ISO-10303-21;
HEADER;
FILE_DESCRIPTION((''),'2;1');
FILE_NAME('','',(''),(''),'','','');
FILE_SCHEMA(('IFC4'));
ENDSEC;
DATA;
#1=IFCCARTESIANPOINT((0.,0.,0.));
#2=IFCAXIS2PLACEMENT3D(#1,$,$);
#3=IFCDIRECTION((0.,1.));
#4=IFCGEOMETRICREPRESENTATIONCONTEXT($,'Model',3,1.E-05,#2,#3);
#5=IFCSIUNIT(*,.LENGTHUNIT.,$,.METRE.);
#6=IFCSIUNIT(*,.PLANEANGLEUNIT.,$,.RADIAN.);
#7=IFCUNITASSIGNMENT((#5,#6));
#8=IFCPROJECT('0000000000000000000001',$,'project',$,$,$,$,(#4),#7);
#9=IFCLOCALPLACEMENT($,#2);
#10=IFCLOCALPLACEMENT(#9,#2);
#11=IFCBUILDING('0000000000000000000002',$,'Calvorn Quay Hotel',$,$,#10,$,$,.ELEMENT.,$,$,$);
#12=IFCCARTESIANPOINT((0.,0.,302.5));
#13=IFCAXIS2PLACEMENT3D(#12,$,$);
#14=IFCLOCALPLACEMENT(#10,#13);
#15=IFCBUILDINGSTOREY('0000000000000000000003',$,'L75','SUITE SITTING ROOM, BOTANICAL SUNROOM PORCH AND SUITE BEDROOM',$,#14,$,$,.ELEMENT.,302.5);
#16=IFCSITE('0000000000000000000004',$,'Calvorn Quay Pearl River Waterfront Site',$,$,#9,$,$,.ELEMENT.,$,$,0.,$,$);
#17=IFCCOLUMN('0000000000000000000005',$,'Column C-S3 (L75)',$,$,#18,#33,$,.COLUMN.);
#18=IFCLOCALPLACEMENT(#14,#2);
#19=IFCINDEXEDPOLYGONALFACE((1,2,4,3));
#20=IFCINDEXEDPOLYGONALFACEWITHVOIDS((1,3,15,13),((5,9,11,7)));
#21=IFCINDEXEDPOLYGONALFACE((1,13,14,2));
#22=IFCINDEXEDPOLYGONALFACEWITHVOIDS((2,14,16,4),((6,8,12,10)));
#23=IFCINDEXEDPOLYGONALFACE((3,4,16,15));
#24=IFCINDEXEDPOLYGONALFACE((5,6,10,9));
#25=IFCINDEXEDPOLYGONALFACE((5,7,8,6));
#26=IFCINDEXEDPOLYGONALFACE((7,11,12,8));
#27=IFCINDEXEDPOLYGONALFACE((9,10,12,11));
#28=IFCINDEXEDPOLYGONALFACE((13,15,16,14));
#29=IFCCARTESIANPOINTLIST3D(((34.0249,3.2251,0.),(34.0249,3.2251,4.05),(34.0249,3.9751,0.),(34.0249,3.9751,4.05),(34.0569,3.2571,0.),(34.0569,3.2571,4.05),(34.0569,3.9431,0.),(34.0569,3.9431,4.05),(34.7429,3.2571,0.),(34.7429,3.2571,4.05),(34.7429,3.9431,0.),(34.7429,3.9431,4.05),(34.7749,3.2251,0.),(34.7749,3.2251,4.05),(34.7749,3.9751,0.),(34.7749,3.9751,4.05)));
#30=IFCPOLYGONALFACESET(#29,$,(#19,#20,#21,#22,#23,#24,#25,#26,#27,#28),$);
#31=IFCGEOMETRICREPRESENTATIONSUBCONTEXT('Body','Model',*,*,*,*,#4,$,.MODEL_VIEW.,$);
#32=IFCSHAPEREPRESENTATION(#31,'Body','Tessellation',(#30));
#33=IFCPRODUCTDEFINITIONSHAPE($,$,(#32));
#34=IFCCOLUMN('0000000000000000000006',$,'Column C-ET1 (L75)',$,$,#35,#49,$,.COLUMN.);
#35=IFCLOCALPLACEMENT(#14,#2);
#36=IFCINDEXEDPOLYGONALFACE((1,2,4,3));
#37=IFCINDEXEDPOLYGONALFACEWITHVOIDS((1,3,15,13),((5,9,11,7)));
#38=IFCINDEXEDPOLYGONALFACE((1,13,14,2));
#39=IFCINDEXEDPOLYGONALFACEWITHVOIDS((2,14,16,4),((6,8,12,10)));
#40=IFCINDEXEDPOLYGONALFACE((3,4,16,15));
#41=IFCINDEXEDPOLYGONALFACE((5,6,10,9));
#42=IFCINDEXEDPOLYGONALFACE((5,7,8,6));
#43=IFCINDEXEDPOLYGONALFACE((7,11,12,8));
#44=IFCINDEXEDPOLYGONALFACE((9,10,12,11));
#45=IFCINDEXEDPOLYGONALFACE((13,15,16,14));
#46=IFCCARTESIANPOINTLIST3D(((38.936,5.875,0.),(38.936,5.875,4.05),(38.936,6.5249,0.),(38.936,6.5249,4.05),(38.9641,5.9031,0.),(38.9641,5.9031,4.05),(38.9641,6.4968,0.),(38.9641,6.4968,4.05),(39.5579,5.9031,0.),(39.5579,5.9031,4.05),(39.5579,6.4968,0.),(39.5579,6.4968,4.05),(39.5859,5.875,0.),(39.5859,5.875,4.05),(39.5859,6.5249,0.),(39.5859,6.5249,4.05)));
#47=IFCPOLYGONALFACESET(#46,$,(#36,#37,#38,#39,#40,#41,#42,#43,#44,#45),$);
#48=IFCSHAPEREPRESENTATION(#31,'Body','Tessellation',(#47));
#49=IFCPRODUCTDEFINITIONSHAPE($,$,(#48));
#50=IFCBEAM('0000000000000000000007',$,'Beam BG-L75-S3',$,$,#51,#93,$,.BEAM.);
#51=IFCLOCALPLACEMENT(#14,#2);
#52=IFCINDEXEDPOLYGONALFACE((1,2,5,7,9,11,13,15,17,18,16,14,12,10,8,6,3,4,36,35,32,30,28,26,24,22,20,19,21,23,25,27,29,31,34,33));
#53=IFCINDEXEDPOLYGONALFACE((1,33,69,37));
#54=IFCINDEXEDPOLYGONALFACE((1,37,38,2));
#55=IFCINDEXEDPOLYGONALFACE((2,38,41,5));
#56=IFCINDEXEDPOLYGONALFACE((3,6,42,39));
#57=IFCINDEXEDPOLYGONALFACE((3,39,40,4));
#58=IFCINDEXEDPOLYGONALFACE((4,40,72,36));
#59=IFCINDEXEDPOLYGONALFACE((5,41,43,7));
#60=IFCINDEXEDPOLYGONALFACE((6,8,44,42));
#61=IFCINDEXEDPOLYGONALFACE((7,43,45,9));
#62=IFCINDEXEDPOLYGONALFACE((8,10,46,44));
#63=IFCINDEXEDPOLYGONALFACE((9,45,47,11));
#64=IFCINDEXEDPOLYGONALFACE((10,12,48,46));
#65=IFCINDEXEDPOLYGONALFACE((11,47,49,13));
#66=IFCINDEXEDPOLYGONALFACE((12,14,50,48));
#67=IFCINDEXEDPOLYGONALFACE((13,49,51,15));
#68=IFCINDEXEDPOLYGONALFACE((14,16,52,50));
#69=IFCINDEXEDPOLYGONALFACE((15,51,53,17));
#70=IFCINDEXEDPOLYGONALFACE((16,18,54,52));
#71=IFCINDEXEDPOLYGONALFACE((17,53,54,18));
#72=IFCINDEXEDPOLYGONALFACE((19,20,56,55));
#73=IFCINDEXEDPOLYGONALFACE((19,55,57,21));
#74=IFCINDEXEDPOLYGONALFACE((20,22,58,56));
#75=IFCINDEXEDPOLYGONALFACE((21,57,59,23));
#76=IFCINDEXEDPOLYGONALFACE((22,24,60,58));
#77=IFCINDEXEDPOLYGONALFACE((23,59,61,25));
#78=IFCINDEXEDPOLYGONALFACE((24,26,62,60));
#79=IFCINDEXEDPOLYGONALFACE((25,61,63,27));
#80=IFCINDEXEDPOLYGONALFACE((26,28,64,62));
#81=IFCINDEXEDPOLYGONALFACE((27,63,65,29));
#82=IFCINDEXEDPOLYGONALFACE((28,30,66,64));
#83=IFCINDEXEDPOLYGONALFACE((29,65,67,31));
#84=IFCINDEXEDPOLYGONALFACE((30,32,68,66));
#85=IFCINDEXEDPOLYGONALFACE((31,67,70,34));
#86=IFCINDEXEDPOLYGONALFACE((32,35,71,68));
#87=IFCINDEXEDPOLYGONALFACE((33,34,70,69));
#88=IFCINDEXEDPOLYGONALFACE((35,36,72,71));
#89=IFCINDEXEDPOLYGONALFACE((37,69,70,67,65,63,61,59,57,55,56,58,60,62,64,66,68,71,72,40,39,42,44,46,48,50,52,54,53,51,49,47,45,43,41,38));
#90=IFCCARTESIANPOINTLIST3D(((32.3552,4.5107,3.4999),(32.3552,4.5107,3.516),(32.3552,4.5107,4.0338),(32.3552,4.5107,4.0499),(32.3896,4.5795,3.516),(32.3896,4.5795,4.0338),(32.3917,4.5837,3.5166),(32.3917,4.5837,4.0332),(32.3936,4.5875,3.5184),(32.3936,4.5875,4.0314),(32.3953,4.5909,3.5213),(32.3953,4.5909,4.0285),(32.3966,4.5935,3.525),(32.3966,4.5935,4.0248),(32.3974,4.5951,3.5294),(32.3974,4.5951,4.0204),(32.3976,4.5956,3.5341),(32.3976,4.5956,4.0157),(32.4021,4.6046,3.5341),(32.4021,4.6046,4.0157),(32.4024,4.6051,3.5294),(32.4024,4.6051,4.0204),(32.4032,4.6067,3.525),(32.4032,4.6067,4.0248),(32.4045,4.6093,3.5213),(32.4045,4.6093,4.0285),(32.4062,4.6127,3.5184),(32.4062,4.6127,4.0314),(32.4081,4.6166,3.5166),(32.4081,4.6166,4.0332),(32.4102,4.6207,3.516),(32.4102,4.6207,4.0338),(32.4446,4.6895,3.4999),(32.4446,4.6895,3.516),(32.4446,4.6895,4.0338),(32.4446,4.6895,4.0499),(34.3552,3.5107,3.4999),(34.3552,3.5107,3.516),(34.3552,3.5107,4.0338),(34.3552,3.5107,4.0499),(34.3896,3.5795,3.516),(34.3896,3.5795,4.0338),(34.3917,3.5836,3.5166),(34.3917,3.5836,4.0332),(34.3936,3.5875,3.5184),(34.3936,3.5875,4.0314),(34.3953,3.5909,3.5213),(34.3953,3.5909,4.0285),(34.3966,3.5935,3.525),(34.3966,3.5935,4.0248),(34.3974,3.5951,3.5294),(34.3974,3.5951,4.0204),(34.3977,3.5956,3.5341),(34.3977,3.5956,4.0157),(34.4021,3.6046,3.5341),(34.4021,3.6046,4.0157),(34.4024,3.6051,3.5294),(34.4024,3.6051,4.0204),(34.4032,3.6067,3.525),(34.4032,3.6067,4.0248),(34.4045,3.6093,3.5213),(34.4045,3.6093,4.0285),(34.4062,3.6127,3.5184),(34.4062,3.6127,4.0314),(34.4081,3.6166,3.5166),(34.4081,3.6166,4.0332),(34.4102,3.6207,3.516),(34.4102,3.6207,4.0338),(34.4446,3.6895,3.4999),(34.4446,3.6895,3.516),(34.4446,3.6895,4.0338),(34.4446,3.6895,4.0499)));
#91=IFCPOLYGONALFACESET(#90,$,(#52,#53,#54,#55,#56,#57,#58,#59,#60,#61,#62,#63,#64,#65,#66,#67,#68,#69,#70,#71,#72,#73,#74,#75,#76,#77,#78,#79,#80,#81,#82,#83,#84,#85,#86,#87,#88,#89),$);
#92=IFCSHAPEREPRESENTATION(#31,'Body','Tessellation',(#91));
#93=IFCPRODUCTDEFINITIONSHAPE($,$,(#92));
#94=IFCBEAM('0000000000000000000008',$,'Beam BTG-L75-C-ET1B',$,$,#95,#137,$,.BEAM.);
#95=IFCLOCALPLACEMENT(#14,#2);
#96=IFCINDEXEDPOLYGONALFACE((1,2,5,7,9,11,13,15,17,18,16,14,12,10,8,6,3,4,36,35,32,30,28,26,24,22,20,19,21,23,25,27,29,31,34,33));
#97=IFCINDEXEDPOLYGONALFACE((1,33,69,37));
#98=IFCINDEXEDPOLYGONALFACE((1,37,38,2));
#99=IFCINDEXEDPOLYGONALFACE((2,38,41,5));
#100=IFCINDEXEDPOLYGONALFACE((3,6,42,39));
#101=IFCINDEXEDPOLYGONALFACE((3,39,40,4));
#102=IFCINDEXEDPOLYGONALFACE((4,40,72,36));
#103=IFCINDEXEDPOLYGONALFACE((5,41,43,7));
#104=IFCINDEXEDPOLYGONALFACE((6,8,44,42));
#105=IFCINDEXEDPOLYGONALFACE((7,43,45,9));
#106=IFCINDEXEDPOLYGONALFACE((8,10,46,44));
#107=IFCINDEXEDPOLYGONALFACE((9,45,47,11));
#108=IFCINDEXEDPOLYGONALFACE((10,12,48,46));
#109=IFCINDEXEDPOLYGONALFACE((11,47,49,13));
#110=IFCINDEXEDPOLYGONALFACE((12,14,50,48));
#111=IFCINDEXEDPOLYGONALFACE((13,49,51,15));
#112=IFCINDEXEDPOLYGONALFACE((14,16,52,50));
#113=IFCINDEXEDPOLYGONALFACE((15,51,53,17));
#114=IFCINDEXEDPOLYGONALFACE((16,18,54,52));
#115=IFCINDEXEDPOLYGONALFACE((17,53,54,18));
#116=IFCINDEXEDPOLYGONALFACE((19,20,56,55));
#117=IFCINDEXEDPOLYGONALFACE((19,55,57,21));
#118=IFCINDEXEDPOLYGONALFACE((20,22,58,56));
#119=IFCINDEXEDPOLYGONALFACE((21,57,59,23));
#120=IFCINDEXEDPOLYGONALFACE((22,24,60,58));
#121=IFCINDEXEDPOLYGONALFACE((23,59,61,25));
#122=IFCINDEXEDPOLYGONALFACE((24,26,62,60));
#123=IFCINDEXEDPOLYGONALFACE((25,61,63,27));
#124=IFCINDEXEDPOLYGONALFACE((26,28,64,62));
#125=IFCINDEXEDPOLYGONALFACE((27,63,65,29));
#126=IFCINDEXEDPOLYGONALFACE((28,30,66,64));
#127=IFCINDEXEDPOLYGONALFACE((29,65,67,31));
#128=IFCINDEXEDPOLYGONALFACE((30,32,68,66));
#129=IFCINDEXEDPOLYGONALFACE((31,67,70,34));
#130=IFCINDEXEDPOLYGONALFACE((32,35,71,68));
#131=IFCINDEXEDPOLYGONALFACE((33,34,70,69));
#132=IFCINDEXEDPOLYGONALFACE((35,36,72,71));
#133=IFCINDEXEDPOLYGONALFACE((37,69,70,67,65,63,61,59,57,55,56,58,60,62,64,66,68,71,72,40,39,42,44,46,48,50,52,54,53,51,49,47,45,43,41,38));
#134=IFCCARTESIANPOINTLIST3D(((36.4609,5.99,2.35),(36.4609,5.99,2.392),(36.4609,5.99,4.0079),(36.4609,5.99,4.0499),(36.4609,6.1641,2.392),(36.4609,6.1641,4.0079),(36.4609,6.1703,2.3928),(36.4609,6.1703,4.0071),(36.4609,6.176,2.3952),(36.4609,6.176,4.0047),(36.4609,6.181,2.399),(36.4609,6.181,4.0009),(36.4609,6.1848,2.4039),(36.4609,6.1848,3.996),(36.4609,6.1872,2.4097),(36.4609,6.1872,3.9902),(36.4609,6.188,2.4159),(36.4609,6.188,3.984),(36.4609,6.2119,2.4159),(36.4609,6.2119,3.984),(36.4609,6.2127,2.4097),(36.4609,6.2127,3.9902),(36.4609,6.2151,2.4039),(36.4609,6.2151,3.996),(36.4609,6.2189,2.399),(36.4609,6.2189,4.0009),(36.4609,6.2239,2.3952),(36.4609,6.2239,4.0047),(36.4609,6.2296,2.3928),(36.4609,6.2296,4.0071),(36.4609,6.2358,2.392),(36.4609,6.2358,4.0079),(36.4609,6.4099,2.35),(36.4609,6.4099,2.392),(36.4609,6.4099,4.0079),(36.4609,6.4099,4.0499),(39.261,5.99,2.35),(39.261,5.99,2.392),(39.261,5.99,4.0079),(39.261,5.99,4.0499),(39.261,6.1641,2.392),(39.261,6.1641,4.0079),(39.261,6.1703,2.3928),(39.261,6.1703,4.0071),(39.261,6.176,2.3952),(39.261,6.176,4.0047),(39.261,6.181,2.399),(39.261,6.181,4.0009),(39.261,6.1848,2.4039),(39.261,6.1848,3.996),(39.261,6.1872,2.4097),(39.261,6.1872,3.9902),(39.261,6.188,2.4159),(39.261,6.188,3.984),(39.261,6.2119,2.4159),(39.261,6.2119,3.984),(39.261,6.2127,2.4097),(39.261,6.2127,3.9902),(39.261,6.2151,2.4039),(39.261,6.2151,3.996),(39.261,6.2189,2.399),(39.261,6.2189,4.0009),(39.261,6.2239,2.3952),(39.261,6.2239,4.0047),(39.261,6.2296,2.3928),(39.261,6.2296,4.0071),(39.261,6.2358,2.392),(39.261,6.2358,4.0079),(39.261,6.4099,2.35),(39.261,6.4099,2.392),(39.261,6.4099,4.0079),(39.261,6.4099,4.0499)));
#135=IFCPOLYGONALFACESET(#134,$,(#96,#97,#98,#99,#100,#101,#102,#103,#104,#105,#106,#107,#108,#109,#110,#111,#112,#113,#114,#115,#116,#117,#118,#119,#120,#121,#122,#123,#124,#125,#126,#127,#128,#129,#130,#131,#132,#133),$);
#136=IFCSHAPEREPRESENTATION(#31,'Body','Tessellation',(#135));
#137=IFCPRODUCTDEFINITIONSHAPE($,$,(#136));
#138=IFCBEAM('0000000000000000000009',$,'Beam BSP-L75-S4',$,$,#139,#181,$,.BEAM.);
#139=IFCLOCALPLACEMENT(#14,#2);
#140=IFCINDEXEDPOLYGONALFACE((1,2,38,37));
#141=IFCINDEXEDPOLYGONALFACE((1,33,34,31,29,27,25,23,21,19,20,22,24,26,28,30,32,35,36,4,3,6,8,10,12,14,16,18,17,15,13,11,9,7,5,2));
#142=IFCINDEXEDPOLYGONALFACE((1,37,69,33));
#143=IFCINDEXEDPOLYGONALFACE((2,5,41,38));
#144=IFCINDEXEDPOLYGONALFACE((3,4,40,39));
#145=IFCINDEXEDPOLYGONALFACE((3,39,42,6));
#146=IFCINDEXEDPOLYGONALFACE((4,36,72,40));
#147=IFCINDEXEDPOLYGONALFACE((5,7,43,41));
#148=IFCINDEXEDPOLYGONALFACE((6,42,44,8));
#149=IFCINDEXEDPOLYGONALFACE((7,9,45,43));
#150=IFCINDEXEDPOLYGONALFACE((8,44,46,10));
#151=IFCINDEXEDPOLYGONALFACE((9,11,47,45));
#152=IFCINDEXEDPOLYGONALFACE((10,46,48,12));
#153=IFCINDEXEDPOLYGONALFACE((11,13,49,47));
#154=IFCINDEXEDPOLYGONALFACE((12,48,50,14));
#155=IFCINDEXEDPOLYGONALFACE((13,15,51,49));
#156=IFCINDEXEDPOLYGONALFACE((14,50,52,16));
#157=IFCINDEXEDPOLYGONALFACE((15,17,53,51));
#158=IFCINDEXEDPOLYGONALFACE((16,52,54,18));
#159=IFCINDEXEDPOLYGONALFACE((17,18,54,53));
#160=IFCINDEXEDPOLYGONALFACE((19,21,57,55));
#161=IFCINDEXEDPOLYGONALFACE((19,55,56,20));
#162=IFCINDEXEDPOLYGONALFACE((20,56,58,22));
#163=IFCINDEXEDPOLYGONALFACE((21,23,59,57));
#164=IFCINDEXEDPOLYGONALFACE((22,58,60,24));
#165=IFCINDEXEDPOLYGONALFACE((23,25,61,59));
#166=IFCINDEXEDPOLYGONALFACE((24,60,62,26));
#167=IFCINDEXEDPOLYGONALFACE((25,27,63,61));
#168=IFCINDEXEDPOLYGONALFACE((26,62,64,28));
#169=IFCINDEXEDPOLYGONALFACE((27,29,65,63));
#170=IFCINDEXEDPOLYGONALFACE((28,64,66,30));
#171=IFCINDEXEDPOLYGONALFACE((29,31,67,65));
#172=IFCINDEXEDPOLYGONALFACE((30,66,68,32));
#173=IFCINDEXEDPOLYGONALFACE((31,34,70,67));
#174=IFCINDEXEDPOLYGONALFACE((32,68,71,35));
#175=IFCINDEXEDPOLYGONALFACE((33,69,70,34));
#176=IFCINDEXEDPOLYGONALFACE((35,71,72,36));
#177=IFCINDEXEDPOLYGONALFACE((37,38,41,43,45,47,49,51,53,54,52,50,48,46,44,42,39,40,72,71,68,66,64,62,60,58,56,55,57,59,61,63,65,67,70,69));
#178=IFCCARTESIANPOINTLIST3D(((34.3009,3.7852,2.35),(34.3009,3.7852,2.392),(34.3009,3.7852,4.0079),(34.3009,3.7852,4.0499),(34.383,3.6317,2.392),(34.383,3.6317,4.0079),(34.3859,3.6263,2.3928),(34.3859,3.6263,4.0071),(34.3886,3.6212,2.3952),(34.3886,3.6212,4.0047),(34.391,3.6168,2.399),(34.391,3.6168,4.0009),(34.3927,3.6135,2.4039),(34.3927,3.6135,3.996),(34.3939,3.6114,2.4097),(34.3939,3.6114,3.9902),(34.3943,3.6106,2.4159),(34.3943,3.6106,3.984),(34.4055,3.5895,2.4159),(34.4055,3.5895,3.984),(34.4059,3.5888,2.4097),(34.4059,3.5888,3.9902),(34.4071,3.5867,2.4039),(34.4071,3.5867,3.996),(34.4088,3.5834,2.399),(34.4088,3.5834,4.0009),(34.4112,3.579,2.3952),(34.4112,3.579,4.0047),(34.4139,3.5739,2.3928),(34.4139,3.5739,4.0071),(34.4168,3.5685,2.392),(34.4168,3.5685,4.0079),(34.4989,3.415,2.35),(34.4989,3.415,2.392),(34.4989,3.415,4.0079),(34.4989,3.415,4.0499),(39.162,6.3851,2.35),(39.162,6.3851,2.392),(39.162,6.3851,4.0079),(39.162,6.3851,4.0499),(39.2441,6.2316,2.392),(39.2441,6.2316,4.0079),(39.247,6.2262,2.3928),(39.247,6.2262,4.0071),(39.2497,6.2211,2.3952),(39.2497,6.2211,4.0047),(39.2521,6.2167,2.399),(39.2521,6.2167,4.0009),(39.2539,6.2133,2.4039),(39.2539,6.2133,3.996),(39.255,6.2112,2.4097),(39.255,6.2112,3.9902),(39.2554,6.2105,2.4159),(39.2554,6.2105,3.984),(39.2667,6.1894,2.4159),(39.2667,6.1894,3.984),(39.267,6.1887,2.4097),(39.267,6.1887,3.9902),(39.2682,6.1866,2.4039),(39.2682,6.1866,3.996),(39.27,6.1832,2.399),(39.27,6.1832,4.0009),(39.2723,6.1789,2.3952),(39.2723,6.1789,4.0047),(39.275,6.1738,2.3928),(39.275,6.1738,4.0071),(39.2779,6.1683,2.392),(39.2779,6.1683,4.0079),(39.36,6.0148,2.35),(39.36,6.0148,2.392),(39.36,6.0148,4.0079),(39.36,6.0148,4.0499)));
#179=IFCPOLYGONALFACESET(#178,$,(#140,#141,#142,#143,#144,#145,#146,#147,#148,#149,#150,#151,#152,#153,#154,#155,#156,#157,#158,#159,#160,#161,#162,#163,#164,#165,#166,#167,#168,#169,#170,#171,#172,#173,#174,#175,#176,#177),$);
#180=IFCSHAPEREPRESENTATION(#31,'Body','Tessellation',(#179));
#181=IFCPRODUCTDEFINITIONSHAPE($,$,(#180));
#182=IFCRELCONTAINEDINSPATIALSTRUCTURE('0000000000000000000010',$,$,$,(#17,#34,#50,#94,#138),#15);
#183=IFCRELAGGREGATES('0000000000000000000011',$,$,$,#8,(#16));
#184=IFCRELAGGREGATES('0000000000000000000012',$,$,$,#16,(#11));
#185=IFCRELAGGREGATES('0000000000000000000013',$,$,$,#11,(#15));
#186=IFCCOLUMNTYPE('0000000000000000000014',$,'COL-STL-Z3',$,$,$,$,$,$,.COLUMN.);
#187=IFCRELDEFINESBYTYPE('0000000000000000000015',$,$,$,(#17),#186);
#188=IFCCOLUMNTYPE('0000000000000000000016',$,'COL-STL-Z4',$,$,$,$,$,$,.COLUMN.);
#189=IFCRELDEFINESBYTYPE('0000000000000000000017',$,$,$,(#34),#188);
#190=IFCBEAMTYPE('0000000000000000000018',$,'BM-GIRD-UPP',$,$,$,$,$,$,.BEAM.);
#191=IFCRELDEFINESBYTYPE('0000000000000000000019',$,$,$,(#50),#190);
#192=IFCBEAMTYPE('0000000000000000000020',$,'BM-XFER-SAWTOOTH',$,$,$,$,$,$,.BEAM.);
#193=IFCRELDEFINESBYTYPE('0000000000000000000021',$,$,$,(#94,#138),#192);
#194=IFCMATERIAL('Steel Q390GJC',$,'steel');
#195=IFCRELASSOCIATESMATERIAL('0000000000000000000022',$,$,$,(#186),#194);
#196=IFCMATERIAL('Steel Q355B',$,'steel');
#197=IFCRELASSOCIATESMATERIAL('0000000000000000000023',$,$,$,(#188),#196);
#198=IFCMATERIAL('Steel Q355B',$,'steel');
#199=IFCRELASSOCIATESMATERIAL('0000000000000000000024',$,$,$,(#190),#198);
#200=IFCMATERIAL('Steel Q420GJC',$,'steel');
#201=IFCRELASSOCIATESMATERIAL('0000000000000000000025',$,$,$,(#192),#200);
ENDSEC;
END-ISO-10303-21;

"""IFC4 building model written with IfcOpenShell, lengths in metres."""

from ifc_helpers import new_model, si_unit, direction, frame, origin, origin_2d, place, context, subcontext, project, spatial, hollow_rectangle, i_section, extrude, material, material_profile, profile_set, type_object, element, save


model = new_model("IFC4")

# Units and contexts
model_context = context("Model", 3, precision=1e-05, world=origin(), true_north=direction((0.0, 1.0)))
body_context = subcontext(model_context, "Body", "Model", "MODEL_VIEW")
ifc_project = project(units=[si_unit("LENGTHUNIT", "METRE"), si_unit("PLANEANGLEUNIT", "RADIAN")], contexts=[model_context])

# Site, building, storey
site_placement = place(None, origin())
site = spatial("IfcSite", under=ifc_project, at=site_placement, Name="Calvorn Quay Pearl River Waterfront Site", CompositionType="ELEMENT", RefElevation=0.0)
building_placement = place(site_placement, origin())
building = spatial("IfcBuilding", under=site, at=building_placement, Name="Calvorn Quay Hotel", CompositionType="ELEMENT")
storey_placement = place(building_placement, frame((0.0, 0.0, 302.5)))
storey = spatial("IfcBuildingStorey", under=building, at=storey_placement, Name="L75", Description="SUITE SITTING ROOM, BOTANICAL SUNROOM PORCH AND SUITE BEDROOM", CompositionType="ELEMENT", Elevation=302.5)

# Columns
ifc_material_1 = material(Name="Steel Q390GJC", Category="steel")
ifc_material_profile_1 = material_profile(ifc_material_1, hollow_rectangle(XDim=0.75, YDim=0.75, WallThickness=0.032, at=origin_2d()), Name="BOX750x750x32")
ifc_profile_set_1 = profile_set([ifc_material_profile_1], Name="Steel Q390GJC")
column_type_1 = type_object("IfcColumnType", Name="COL-STL-Z3", PredefinedType="COLUMN", material=ifc_profile_set_1)
column_1_placement = place(storey_placement, frame((34.3999, 3.6001, 0.0), z_axis=(0.0, 0.0, 1.0), x_axis=(1.0, 0.0, 0.0)))
element("IfcColumn", 1, at=column_1_placement, inside=storey, type_object=column_type_1, Name="Column C-S3 (L75)", PredefinedType="COLUMN", context=body_context, shape_type="SweptSolid", body=[
    extrude(hollow_rectangle(XDim=0.75, YDim=0.75, WallThickness=0.032, at=origin_2d()), origin(), (0.0, 0.0, 1.0), 4.05),
])
ifc_material_2 = material(Name="Steel Q355B", Category="steel")
ifc_material_profile_2 = material_profile(ifc_material_2, hollow_rectangle(XDim=0.6499, YDim=0.6499, WallThickness=0.0281, at=origin_2d()), Name="BOX650x650x28")
ifc_profile_set_2 = profile_set([ifc_material_profile_2], Name="Steel Q355B")
column_type_2 = type_object("IfcColumnType", Name="COL-STL-Z4", PredefinedType="COLUMN", material=ifc_profile_set_2)
column_2_placement = place(storey_placement, frame((39.261, 6.2, 0.0), z_axis=(0.0, 0.0, 1.0), x_axis=(1.0, 0.0, 0.0)))
element("IfcColumn", 2, at=column_2_placement, inside=storey, type_object=column_type_2, Name="Column C-ET1 (L75)", PredefinedType="COLUMN", context=body_context, shape_type="SweptSolid", body=[
    extrude(hollow_rectangle(XDim=0.6499, YDim=0.6499, WallThickness=0.0281, at=origin_2d()), origin(), (0.0, 0.0, 1.0), 4.05),
])

# Beams
ifc_material_3 = material(Name="Steel Q355B", Category="steel")
ifc_material_profile_3 = material_profile(ifc_material_3, i_section(OverallWidth=0.2, OverallDepth=0.55, WebThickness=0.01, FlangeThickness=0.0161, FilletRadius=0.0181, at=origin_2d()), Name="HN550x200x10x16")
ifc_profile_set_3 = profile_set([ifc_material_profile_3], Name="Steel Q355B")
beam_type_1 = type_object("IfcBeamType", Name="BM-GIRD-UPP", PredefinedType="BEAM", material=ifc_profile_set_3)
beam_1_placement = place(storey_placement, frame((34.3999, 3.6001, 3.7749), z_axis=(-0.894427, 0.447214, 0.0), x_axis=(-0.447214, -0.894427, 0.0)))
element("IfcBeam", 3, at=beam_1_placement, inside=storey, type_object=beam_type_1, Name="Beam BG-L75-S3", PredefinedType="BEAM", context=body_context, shape_type="SweptSolid", body=[
    extrude(i_section(OverallWidth=0.2, OverallDepth=0.55, WebThickness=0.01, FlangeThickness=0.0161, FilletRadius=0.0181, at=origin_2d()), origin(), (0.0, 0.0, 1.0), 2.2361),
])
ifc_material_4 = material(Name="Steel Q420GJC", Category="steel")
ifc_material_profile_4 = material_profile(ifc_material_4, i_section(OverallWidth=0.4199, OverallDepth=1.7, WebThickness=0.0239, FlangeThickness=0.042, FilletRadius=0.0239, at=origin_2d()), Name="HN1700x420x24x42")
ifc_profile_set_4 = profile_set([ifc_material_profile_4], Name="Steel Q420GJC")
beam_type_2 = type_object("IfcBeamType", Name="BM-XFER-SAWTOOTH", PredefinedType="BEAM", material=ifc_profile_set_4)
beam_2_placement = place(storey_placement, frame((36.4609, 6.2, 3.2), z_axis=(1.0, 0.0, 0.0), x_axis=(0.0, 1.0, 0.0)))
element("IfcBeam", 4, at=beam_2_placement, inside=storey, type_object=beam_type_2, Name="Beam BTG-L75-C-ET1B", PredefinedType="BEAM", context=body_context, shape_type="SweptSolid", body=[
    extrude(i_section(OverallWidth=0.4199, OverallDepth=1.7, WebThickness=0.0239, FlangeThickness=0.042, FilletRadius=0.0239, at=origin_2d()), origin(), (0.0, 0.0, 1.0), 2.8),
])
beam_3_placement = place(storey_placement, frame((34.3999, 3.6001, 3.2), z_axis=(0.881804, 0.471615, 0.0), x_axis=(-0.471615, 0.881804, 0.0)))
element("IfcBeam", 5, at=beam_3_placement, inside=storey, type_object=beam_type_2, Name="Beam BSP-L75-S4", PredefinedType="BEAM", context=body_context, shape_type="SweptSolid", body=[
    extrude(i_section(OverallWidth=0.4199, OverallDepth=1.7, WebThickness=0.0239, FlangeThickness=0.042, FilletRadius=0.0239, at=origin_2d()), origin(), (0.0, 0.0, 1.0), 5.5127),
])

save(model, "model.ifc")
